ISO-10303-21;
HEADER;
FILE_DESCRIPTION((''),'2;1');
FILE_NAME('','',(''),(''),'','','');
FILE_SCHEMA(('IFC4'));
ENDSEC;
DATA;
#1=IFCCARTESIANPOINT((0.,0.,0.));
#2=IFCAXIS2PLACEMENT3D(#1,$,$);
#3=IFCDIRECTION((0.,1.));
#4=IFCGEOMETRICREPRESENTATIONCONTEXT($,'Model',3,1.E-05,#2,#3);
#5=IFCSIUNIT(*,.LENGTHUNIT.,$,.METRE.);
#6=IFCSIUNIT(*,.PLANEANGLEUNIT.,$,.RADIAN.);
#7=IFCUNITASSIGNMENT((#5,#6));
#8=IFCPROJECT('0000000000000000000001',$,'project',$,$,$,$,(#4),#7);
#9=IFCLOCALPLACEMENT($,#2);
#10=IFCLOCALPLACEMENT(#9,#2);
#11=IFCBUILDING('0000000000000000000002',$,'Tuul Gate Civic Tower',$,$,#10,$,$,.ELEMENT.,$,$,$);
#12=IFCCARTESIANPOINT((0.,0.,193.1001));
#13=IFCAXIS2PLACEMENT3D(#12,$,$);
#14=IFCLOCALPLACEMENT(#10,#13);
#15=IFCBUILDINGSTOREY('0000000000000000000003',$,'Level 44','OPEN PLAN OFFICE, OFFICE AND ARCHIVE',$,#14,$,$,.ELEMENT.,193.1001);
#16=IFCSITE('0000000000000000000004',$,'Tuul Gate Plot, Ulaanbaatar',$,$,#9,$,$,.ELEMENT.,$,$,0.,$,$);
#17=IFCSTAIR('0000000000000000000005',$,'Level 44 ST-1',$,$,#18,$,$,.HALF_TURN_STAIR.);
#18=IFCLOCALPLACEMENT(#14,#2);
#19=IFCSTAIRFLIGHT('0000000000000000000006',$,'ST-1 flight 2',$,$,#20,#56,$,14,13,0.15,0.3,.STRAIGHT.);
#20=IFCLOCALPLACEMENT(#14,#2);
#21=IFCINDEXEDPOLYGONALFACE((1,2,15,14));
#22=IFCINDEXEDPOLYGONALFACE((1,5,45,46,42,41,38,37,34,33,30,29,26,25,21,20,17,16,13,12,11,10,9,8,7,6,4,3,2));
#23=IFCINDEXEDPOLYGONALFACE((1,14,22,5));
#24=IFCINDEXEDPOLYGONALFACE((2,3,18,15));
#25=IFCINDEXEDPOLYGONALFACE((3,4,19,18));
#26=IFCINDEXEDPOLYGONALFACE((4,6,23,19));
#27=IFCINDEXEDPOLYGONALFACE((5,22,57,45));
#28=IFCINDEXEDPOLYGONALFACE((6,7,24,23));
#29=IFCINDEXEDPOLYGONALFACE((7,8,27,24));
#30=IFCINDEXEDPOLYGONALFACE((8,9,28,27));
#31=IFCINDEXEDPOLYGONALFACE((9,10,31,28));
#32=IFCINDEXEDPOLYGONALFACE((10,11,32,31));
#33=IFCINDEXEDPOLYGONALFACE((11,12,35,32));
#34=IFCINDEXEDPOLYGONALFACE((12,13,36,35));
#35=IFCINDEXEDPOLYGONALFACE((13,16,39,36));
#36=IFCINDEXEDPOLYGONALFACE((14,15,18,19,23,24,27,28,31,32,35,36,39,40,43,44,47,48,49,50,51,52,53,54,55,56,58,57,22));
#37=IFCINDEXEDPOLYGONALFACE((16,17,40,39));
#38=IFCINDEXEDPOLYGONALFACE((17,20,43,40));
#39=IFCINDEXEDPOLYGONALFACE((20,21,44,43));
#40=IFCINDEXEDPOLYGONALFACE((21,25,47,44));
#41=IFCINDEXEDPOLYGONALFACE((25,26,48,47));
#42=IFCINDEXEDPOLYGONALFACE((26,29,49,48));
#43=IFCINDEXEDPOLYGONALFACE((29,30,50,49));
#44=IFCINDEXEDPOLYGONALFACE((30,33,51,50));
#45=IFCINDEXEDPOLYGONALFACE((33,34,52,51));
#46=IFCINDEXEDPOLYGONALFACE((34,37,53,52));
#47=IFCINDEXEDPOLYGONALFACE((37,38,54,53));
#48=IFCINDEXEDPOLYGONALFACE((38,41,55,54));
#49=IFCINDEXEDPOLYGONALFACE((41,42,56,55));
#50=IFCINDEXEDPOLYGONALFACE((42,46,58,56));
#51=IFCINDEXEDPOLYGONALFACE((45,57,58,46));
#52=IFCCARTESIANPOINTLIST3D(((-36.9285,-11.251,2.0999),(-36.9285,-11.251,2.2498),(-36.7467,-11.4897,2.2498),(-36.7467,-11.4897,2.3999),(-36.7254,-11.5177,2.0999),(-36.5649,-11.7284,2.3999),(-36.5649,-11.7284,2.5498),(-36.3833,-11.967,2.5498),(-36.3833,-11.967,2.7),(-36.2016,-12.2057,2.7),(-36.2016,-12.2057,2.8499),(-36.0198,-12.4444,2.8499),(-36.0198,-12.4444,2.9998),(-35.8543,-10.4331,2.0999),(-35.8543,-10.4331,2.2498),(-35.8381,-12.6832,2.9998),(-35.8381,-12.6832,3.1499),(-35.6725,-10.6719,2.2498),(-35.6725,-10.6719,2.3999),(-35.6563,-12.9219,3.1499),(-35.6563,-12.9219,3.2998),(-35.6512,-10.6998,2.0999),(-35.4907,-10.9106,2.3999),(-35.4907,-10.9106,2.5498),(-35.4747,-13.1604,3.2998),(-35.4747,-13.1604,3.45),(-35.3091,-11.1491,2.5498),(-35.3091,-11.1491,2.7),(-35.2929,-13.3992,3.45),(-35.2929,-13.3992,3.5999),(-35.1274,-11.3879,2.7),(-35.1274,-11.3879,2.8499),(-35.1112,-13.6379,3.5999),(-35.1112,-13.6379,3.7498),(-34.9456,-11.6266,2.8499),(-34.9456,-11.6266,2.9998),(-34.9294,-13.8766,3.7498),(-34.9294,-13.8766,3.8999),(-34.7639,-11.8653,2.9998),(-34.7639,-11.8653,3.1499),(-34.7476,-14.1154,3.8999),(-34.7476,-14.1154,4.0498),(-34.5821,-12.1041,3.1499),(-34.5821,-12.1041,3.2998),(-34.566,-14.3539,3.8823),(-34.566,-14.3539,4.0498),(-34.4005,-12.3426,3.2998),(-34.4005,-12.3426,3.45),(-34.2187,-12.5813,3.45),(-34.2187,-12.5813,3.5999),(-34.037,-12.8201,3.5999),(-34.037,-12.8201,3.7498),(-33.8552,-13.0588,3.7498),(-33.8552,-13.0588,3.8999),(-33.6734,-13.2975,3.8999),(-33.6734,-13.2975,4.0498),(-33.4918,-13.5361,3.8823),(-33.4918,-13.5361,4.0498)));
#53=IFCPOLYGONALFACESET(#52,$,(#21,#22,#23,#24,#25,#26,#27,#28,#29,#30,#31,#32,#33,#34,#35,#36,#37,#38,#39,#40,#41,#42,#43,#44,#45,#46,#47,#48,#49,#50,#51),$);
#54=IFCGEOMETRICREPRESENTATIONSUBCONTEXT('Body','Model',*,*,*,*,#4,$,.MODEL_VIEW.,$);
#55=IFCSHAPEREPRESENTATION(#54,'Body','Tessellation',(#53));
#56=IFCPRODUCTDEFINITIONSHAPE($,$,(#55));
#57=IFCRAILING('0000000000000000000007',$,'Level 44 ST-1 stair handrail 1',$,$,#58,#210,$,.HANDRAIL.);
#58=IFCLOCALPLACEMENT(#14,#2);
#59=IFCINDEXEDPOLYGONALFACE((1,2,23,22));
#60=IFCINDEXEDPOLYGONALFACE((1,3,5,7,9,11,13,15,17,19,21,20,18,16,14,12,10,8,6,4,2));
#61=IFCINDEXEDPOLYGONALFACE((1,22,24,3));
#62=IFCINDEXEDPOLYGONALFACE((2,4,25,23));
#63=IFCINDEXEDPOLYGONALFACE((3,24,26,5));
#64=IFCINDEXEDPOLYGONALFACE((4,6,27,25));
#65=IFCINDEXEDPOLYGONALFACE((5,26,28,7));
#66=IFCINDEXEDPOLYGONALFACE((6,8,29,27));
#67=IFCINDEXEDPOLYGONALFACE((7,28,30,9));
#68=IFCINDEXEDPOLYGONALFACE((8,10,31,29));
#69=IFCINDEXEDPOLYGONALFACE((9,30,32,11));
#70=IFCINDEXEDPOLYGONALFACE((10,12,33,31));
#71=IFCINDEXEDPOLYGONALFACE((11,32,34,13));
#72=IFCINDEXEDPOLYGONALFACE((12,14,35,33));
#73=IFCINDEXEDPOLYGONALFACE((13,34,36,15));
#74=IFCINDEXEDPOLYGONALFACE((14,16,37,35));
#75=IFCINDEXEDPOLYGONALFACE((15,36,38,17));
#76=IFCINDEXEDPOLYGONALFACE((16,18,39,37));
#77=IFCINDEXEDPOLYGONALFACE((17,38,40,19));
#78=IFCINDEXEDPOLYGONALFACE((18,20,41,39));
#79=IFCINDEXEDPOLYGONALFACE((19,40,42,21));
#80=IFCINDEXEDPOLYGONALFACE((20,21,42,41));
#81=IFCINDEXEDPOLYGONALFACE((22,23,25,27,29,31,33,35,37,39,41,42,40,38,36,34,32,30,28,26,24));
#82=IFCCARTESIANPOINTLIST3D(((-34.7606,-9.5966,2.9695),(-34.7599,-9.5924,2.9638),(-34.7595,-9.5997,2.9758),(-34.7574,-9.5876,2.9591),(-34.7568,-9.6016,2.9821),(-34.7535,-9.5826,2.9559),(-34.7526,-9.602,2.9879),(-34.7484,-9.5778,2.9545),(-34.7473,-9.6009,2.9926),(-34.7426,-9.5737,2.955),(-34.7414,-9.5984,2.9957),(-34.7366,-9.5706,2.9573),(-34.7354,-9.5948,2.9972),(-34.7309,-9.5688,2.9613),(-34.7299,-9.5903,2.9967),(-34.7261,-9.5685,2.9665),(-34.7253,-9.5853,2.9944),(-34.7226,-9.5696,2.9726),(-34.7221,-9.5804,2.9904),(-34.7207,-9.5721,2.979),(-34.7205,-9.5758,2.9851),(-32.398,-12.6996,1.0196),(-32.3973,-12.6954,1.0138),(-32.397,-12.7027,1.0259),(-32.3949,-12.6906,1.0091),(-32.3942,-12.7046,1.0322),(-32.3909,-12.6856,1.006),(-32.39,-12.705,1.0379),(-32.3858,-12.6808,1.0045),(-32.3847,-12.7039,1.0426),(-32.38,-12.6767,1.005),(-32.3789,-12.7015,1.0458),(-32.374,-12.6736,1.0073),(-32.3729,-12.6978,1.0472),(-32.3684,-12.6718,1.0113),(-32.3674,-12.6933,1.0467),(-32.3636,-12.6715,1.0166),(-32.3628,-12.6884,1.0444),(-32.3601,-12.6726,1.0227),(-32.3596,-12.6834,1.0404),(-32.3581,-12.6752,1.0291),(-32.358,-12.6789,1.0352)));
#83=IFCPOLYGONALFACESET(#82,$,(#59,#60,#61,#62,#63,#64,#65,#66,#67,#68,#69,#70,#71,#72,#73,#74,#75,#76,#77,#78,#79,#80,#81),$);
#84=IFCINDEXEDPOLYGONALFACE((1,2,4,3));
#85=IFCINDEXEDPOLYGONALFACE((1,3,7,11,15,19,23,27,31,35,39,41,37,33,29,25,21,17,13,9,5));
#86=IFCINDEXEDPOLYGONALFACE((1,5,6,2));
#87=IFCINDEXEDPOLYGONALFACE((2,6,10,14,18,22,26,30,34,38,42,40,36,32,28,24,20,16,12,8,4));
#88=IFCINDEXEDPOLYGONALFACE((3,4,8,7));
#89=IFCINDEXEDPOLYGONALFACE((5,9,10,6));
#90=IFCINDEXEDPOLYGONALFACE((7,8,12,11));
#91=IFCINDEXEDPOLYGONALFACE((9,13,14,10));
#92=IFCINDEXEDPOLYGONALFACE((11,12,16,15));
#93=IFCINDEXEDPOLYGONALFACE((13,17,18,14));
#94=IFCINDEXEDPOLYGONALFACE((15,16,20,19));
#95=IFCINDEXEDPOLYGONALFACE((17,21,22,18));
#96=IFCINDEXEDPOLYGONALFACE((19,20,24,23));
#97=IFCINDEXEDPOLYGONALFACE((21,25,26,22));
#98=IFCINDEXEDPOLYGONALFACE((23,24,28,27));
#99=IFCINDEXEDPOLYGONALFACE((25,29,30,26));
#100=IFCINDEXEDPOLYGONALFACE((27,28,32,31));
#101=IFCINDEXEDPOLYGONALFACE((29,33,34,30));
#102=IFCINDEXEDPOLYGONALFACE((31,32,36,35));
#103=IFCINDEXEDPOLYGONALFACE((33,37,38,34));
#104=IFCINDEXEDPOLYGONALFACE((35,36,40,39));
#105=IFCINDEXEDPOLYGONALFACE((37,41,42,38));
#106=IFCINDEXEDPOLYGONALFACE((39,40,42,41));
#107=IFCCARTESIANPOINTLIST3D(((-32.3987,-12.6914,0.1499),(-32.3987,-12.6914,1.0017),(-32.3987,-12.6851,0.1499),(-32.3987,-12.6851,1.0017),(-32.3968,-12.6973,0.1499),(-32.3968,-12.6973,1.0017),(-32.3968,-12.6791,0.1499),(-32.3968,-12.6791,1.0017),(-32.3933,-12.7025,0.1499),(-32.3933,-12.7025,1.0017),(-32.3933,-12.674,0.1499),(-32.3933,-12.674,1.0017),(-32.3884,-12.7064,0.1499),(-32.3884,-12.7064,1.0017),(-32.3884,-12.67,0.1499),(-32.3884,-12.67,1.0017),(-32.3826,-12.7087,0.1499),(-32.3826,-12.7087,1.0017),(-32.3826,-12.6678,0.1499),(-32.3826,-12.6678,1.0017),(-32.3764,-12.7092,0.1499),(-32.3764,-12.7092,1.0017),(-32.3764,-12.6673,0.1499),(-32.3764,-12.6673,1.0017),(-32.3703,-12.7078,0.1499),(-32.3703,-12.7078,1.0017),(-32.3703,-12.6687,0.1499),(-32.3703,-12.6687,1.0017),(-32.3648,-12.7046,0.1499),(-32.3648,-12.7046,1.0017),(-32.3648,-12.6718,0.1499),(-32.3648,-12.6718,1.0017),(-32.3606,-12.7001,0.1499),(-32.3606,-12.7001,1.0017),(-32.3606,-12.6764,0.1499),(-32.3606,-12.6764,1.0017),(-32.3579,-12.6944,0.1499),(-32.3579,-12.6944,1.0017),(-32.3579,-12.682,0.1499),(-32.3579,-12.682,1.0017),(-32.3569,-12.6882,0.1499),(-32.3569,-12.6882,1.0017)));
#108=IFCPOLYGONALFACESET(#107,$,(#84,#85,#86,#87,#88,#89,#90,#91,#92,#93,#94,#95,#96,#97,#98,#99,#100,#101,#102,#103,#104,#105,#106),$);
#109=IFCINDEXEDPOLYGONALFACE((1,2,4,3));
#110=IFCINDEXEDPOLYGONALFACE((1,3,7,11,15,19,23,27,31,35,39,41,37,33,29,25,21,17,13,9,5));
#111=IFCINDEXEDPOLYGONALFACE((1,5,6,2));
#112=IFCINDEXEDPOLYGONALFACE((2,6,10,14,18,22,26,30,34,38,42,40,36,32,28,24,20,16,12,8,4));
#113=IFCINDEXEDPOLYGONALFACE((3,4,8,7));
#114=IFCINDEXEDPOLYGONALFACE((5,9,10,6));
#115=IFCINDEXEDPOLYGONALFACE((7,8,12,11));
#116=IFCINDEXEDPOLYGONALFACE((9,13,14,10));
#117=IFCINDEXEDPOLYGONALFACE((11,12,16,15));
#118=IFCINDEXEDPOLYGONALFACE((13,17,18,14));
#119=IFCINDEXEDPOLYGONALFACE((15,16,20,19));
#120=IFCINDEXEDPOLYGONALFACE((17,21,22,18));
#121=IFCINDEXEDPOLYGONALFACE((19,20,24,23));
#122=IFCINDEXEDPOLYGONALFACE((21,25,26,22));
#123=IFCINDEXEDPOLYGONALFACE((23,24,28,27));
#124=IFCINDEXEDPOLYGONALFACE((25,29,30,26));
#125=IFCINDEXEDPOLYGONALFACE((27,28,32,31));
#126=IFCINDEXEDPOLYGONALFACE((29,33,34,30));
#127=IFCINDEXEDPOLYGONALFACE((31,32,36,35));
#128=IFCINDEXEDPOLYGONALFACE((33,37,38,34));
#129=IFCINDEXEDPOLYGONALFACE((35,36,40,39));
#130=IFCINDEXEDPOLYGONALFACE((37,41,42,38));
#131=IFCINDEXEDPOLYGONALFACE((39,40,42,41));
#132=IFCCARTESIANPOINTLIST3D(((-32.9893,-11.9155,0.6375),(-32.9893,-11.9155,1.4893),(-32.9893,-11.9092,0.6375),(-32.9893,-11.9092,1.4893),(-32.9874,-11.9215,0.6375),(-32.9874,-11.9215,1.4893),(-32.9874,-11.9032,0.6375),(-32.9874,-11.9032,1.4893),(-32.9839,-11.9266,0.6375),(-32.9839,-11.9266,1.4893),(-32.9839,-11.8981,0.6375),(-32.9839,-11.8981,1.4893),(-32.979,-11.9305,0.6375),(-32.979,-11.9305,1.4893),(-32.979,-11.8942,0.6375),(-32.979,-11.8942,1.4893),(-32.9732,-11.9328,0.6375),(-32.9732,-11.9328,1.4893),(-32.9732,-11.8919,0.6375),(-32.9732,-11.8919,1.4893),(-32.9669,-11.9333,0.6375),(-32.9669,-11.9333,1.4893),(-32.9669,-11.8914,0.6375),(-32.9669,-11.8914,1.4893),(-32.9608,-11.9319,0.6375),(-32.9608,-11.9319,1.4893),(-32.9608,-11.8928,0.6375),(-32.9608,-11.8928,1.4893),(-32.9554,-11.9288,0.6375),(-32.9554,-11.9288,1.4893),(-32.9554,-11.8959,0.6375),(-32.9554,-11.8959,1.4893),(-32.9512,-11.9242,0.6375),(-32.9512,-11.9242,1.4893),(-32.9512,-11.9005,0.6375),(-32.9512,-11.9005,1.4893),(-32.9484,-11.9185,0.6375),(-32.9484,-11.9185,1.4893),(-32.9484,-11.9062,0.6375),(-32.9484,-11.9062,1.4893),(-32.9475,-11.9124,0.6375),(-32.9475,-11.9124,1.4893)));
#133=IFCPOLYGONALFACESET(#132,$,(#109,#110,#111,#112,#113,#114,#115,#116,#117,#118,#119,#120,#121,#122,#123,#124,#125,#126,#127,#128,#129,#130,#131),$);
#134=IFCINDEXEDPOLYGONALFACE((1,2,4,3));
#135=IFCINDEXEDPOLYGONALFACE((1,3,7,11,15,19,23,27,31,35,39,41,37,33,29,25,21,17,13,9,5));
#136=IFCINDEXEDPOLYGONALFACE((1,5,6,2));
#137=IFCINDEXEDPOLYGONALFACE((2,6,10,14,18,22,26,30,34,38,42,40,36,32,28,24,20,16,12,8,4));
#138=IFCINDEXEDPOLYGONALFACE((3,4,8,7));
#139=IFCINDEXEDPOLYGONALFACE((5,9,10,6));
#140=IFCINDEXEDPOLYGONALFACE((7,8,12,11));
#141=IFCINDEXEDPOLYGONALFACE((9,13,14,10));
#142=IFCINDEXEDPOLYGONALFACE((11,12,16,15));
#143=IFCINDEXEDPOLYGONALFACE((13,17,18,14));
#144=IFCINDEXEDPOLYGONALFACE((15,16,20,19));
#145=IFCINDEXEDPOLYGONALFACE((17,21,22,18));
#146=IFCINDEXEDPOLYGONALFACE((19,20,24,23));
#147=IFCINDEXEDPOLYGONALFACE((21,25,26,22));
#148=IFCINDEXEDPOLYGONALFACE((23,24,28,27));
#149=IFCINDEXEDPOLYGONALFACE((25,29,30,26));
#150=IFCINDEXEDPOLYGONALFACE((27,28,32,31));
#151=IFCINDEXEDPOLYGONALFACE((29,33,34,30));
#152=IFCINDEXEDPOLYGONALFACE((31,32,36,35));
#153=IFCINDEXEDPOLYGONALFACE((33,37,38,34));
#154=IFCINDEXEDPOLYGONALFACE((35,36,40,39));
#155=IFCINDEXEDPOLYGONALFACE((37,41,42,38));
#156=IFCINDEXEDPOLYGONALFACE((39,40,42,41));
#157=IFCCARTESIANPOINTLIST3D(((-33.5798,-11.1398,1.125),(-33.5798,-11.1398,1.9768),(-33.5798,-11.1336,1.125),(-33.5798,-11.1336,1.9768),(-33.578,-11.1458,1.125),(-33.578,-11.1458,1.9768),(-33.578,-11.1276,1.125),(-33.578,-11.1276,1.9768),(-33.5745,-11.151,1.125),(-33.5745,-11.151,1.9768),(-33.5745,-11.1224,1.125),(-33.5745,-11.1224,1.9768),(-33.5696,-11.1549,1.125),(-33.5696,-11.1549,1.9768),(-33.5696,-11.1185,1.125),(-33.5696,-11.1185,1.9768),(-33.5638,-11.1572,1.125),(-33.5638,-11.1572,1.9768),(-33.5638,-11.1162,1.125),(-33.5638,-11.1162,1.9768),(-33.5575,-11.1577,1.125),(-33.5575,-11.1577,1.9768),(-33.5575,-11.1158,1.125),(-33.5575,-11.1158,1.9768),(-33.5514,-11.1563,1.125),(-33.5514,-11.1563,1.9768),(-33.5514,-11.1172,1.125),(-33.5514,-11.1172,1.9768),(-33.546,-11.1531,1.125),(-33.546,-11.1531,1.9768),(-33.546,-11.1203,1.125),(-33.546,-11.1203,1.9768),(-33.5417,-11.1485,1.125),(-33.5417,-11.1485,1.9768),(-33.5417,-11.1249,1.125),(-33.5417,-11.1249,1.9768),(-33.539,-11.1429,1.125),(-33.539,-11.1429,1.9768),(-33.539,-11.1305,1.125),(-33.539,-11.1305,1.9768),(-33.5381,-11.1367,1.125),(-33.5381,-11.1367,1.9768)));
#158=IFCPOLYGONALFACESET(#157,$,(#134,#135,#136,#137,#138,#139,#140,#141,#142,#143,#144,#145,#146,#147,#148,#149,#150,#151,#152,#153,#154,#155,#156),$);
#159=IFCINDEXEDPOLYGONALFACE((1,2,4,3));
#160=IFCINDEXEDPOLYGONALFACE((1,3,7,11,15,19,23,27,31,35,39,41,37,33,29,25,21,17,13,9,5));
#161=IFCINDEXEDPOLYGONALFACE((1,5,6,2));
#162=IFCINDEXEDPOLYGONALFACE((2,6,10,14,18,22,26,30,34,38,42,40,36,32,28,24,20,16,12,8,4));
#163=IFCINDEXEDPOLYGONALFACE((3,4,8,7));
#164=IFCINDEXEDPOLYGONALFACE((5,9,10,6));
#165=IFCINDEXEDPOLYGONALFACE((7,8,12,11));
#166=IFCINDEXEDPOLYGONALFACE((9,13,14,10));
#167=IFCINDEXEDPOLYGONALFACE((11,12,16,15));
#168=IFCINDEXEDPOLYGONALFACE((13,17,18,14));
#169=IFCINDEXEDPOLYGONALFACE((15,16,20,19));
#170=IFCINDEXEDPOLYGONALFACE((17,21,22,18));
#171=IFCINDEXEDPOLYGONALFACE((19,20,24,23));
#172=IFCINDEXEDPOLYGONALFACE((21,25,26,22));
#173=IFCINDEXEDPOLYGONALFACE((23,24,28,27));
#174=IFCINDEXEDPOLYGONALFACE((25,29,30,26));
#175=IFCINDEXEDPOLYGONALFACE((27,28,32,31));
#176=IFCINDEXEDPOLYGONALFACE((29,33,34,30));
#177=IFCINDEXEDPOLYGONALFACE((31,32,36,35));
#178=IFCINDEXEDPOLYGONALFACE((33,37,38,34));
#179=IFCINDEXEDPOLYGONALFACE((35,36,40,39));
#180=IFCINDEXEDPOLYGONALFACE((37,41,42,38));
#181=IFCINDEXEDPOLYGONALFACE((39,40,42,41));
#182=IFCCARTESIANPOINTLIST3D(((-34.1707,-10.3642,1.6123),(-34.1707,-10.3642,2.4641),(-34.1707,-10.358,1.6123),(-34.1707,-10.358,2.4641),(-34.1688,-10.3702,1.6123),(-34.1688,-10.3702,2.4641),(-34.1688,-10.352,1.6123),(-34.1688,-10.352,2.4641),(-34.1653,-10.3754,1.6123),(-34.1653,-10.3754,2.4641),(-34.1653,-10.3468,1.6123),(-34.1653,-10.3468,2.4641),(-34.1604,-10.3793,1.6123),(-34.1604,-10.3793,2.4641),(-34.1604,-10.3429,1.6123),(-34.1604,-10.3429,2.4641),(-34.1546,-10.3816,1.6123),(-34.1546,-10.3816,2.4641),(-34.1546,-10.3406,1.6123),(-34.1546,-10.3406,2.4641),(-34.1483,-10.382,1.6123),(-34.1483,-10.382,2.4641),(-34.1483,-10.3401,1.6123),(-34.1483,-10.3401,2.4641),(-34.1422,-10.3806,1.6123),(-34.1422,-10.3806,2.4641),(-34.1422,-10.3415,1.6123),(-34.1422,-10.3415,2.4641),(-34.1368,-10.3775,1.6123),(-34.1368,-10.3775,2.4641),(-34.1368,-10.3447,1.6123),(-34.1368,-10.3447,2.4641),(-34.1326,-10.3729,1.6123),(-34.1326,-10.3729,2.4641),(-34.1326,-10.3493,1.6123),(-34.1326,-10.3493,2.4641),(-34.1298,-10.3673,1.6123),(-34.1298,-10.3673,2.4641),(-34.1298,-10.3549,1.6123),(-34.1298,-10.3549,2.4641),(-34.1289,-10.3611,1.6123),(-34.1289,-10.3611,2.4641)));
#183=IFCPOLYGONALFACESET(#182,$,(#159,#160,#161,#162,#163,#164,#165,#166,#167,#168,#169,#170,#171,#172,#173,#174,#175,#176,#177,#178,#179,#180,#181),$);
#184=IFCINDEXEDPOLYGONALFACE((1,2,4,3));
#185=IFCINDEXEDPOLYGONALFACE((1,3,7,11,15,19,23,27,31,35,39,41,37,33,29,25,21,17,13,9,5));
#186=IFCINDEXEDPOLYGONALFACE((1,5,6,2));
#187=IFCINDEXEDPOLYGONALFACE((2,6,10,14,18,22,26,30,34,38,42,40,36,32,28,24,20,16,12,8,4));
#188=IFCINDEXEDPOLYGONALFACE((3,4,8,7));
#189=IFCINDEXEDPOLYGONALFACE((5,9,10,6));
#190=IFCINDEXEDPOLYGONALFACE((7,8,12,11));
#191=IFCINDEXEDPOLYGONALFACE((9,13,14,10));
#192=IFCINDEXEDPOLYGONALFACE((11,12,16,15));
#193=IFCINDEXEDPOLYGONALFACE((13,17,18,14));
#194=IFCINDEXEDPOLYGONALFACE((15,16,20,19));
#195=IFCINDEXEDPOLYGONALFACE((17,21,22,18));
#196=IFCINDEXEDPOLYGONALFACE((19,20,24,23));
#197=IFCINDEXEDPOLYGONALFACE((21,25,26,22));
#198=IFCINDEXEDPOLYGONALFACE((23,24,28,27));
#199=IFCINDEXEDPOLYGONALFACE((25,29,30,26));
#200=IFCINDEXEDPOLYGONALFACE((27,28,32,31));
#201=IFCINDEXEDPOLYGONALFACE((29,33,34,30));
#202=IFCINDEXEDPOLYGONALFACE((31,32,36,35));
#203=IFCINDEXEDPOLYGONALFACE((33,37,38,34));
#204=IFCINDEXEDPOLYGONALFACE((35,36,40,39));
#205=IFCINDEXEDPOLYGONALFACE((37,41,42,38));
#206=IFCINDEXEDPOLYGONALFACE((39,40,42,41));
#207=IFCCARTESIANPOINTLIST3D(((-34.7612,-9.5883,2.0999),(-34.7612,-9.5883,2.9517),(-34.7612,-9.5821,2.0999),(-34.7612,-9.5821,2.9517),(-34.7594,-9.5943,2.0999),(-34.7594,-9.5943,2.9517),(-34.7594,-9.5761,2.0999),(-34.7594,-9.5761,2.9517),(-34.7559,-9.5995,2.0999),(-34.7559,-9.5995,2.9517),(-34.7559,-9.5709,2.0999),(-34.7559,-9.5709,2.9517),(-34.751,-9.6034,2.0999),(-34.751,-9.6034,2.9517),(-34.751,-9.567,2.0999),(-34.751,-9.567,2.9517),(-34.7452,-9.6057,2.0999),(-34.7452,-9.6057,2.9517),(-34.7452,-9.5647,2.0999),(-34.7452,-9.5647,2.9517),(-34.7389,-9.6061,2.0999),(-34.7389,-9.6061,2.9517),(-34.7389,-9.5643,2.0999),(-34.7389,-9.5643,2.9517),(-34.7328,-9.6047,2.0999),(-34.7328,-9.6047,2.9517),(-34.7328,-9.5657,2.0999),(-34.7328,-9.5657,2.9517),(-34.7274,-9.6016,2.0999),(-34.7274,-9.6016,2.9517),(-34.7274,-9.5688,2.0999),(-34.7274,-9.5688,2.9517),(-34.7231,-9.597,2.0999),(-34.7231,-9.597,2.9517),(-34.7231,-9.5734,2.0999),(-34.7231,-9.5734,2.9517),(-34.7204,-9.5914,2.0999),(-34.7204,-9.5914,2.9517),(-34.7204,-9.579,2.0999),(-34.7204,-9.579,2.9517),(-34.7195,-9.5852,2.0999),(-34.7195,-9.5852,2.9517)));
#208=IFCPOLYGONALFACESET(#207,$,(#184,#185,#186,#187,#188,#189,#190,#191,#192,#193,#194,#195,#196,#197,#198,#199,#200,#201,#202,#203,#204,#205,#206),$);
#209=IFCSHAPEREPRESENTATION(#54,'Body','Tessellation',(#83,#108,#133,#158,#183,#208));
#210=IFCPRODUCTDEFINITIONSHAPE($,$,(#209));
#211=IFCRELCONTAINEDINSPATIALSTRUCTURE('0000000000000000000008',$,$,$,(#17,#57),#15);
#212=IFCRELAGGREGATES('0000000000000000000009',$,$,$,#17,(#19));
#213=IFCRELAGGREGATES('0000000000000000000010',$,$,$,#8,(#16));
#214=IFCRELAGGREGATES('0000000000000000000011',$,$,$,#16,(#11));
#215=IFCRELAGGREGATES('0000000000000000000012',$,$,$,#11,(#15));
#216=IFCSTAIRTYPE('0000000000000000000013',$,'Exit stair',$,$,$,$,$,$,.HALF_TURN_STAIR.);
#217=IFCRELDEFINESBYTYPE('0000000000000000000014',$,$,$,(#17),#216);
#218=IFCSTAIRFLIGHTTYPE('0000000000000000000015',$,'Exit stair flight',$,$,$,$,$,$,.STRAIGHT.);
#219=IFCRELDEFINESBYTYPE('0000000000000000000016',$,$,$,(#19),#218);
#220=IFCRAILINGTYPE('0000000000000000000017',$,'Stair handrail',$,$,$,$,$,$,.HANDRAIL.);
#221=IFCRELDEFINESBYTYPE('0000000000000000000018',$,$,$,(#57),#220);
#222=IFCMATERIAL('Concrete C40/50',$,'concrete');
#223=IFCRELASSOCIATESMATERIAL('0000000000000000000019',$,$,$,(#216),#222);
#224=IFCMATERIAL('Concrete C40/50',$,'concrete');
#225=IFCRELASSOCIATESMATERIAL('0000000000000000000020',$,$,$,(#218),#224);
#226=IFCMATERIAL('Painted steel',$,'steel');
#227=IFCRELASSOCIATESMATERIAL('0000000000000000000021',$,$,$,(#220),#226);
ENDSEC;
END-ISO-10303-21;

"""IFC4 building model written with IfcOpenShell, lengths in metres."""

from ifc_helpers import new_model, si_unit, direction, frame, origin, origin_2d, place, context, subcontext, project, spatial, polyline, circle, outline, extrude, material, type_object, element, aggregate, save


model = new_model("IFC4")

# Units and contexts
model_context = context("Model", 3, precision=1e-05, world=origin(), true_north=direction((0.0, 1.0)))
body_context = subcontext(model_context, "Body", "Model", "MODEL_VIEW")
ifc_project = project(units=[si_unit("LENGTHUNIT", "METRE"), si_unit("PLANEANGLEUNIT", "RADIAN")], contexts=[model_context])

# Site, building, storey
site_placement = place(None, origin())
site = spatial("IfcSite", under=ifc_project, at=site_placement, Name="Tuul Gate Plot, Ulaanbaatar", CompositionType="ELEMENT", RefElevation=0.0)
building_placement = place(site_placement, origin())
building = spatial("IfcBuilding", under=site, at=building_placement, Name="Tuul Gate Civic Tower", CompositionType="ELEMENT")
storey_placement = place(building_placement, frame((0.0, 0.0, 193.1001)))
storey = spatial("IfcBuildingStorey", under=building, at=storey_placement, Name="Level 44", Description="OPEN PLAN OFFICE, OFFICE AND ARCHIVE", CompositionType="ELEMENT", Elevation=193.1001)

# Stair, stair flight
ifc_material_1 = material(Name="Concrete C40/50", Category="concrete")
stair_type = type_object("IfcStairType", Name="Exit stair", PredefinedType="HALF_TURN_STAIR", material=ifc_material_1)
stair_placement = place(storey_placement, origin())
stair = element("IfcStair", 1, at=stair_placement, inside=storey, type_object=stair_type, Name="Level 44 ST-1", PredefinedType="HALF_TURN_STAIR")
ifc_material_2 = material(Name="Concrete C40/50", Category="concrete")
stair_flight_type = type_object("IfcStairFlightType", Name="Exit stair flight", PredefinedType="STRAIGHT", material=ifc_material_2)
stair_flight_1_placement = place(storey_placement, frame((-36.3914, -10.842, 2.0999), z_axis=(0.0, 0.0, 1.0), x_axis=(0.605764, -0.795644, 0.0)))
stair_flight_1 = element("IfcStairFlight", 2, at=stair_flight_1_placement, type_object=stair_flight_type, Name="ST-1 flight 2", NumberOfRisers=14, NumberOfTreads=13, PredefinedType="STRAIGHT", RiserHeight=0.15, TreadLength=0.3, context=body_context, shape_type="SweptSolid", body=[
    extrude(outline(polyline([(0.0, 0.0), (0.0, 0.1499), (0.3, 0.1499), (0.3, 0.3), (0.6001, 0.3), (0.6001, 0.45), (0.8999, 0.45), (0.8999, 0.6001), (1.2, 0.6001), (1.2, 0.75), (1.5, 0.75), (1.5, 0.8999), (1.8, 0.8999), (1.8, 1.05), (2.1001, 1.05), (2.1001, 1.2), (2.3999, 1.2), (2.3999, 1.3501), (2.7, 1.3501), (2.7, 1.5), (3.0, 1.5), (3.0, 1.6499), (3.3, 1.6499), (3.3, 1.8), (3.6001, 1.8), (3.6001, 1.95), (3.8999, 1.95), (3.8999, 2.1001), (3.8999, 1.7825), (0.3352, 0.0), (0.0, 0.0)])), frame((0.0, 0.675, 0.0), z_axis=(0.0, -1.0, 0.0), x_axis=(1.0, 0.0, 0.0)), (0.0, 0.0, 1.0), 1.3501),
])
aggregate(stair, [stair_flight_1])

# Railing
ifc_material_3 = material(Name="Painted steel", Category="steel")
railing_type_1 = type_object("IfcRailingType", Name="Stair handrail", PredefinedType="HANDRAIL", material=ifc_material_3)
railing_1_placement = place(storey_placement, frame((-32.3779, -12.6882, 0.1499)))
element("IfcRailing", 3, at=railing_1_placement, inside=storey, type_object=railing_type_1, Name="Level 44 ST-1 stair handrail 1", PredefinedType="HANDRAIL", context=body_context, shape_type="SweptSolid", body=[
    extrude(circle(Radius=0.0239, at=origin_2d()), frame((0.0, 0.0, 0.876), z_axis=(-0.541824, 0.711645, 0.4472), x_axis=(-0.795637, -0.605773, 0.0)), (0.0, 0.0, 1.0), 4.3604),
    extrude(circle(Radius=0.021, at=origin_2d()), origin(), (0.0, 0.0, 1.0), 0.8518),
    extrude(circle(Radius=0.021, at=origin_2d()), frame((-0.5906, 0.7759, 0.4875)), (0.0, 0.0, 1.0), 0.8518),
    extrude(circle(Radius=0.021, at=origin_2d()), frame((-1.1812, 1.5515, 0.9751)), (0.0, 0.0, 1.0), 0.8518),
    extrude(circle(Radius=0.021, at=origin_2d()), frame((-1.772, 2.3271, 1.4624)), (0.0, 0.0, 1.0), 0.8518),
    extrude(circle(Radius=0.021, at=origin_2d()), frame((-2.3625, 3.103, 1.95)), (0.0, 0.0, 1.0), 0.8518),
])

save(model, "model.ifc")
